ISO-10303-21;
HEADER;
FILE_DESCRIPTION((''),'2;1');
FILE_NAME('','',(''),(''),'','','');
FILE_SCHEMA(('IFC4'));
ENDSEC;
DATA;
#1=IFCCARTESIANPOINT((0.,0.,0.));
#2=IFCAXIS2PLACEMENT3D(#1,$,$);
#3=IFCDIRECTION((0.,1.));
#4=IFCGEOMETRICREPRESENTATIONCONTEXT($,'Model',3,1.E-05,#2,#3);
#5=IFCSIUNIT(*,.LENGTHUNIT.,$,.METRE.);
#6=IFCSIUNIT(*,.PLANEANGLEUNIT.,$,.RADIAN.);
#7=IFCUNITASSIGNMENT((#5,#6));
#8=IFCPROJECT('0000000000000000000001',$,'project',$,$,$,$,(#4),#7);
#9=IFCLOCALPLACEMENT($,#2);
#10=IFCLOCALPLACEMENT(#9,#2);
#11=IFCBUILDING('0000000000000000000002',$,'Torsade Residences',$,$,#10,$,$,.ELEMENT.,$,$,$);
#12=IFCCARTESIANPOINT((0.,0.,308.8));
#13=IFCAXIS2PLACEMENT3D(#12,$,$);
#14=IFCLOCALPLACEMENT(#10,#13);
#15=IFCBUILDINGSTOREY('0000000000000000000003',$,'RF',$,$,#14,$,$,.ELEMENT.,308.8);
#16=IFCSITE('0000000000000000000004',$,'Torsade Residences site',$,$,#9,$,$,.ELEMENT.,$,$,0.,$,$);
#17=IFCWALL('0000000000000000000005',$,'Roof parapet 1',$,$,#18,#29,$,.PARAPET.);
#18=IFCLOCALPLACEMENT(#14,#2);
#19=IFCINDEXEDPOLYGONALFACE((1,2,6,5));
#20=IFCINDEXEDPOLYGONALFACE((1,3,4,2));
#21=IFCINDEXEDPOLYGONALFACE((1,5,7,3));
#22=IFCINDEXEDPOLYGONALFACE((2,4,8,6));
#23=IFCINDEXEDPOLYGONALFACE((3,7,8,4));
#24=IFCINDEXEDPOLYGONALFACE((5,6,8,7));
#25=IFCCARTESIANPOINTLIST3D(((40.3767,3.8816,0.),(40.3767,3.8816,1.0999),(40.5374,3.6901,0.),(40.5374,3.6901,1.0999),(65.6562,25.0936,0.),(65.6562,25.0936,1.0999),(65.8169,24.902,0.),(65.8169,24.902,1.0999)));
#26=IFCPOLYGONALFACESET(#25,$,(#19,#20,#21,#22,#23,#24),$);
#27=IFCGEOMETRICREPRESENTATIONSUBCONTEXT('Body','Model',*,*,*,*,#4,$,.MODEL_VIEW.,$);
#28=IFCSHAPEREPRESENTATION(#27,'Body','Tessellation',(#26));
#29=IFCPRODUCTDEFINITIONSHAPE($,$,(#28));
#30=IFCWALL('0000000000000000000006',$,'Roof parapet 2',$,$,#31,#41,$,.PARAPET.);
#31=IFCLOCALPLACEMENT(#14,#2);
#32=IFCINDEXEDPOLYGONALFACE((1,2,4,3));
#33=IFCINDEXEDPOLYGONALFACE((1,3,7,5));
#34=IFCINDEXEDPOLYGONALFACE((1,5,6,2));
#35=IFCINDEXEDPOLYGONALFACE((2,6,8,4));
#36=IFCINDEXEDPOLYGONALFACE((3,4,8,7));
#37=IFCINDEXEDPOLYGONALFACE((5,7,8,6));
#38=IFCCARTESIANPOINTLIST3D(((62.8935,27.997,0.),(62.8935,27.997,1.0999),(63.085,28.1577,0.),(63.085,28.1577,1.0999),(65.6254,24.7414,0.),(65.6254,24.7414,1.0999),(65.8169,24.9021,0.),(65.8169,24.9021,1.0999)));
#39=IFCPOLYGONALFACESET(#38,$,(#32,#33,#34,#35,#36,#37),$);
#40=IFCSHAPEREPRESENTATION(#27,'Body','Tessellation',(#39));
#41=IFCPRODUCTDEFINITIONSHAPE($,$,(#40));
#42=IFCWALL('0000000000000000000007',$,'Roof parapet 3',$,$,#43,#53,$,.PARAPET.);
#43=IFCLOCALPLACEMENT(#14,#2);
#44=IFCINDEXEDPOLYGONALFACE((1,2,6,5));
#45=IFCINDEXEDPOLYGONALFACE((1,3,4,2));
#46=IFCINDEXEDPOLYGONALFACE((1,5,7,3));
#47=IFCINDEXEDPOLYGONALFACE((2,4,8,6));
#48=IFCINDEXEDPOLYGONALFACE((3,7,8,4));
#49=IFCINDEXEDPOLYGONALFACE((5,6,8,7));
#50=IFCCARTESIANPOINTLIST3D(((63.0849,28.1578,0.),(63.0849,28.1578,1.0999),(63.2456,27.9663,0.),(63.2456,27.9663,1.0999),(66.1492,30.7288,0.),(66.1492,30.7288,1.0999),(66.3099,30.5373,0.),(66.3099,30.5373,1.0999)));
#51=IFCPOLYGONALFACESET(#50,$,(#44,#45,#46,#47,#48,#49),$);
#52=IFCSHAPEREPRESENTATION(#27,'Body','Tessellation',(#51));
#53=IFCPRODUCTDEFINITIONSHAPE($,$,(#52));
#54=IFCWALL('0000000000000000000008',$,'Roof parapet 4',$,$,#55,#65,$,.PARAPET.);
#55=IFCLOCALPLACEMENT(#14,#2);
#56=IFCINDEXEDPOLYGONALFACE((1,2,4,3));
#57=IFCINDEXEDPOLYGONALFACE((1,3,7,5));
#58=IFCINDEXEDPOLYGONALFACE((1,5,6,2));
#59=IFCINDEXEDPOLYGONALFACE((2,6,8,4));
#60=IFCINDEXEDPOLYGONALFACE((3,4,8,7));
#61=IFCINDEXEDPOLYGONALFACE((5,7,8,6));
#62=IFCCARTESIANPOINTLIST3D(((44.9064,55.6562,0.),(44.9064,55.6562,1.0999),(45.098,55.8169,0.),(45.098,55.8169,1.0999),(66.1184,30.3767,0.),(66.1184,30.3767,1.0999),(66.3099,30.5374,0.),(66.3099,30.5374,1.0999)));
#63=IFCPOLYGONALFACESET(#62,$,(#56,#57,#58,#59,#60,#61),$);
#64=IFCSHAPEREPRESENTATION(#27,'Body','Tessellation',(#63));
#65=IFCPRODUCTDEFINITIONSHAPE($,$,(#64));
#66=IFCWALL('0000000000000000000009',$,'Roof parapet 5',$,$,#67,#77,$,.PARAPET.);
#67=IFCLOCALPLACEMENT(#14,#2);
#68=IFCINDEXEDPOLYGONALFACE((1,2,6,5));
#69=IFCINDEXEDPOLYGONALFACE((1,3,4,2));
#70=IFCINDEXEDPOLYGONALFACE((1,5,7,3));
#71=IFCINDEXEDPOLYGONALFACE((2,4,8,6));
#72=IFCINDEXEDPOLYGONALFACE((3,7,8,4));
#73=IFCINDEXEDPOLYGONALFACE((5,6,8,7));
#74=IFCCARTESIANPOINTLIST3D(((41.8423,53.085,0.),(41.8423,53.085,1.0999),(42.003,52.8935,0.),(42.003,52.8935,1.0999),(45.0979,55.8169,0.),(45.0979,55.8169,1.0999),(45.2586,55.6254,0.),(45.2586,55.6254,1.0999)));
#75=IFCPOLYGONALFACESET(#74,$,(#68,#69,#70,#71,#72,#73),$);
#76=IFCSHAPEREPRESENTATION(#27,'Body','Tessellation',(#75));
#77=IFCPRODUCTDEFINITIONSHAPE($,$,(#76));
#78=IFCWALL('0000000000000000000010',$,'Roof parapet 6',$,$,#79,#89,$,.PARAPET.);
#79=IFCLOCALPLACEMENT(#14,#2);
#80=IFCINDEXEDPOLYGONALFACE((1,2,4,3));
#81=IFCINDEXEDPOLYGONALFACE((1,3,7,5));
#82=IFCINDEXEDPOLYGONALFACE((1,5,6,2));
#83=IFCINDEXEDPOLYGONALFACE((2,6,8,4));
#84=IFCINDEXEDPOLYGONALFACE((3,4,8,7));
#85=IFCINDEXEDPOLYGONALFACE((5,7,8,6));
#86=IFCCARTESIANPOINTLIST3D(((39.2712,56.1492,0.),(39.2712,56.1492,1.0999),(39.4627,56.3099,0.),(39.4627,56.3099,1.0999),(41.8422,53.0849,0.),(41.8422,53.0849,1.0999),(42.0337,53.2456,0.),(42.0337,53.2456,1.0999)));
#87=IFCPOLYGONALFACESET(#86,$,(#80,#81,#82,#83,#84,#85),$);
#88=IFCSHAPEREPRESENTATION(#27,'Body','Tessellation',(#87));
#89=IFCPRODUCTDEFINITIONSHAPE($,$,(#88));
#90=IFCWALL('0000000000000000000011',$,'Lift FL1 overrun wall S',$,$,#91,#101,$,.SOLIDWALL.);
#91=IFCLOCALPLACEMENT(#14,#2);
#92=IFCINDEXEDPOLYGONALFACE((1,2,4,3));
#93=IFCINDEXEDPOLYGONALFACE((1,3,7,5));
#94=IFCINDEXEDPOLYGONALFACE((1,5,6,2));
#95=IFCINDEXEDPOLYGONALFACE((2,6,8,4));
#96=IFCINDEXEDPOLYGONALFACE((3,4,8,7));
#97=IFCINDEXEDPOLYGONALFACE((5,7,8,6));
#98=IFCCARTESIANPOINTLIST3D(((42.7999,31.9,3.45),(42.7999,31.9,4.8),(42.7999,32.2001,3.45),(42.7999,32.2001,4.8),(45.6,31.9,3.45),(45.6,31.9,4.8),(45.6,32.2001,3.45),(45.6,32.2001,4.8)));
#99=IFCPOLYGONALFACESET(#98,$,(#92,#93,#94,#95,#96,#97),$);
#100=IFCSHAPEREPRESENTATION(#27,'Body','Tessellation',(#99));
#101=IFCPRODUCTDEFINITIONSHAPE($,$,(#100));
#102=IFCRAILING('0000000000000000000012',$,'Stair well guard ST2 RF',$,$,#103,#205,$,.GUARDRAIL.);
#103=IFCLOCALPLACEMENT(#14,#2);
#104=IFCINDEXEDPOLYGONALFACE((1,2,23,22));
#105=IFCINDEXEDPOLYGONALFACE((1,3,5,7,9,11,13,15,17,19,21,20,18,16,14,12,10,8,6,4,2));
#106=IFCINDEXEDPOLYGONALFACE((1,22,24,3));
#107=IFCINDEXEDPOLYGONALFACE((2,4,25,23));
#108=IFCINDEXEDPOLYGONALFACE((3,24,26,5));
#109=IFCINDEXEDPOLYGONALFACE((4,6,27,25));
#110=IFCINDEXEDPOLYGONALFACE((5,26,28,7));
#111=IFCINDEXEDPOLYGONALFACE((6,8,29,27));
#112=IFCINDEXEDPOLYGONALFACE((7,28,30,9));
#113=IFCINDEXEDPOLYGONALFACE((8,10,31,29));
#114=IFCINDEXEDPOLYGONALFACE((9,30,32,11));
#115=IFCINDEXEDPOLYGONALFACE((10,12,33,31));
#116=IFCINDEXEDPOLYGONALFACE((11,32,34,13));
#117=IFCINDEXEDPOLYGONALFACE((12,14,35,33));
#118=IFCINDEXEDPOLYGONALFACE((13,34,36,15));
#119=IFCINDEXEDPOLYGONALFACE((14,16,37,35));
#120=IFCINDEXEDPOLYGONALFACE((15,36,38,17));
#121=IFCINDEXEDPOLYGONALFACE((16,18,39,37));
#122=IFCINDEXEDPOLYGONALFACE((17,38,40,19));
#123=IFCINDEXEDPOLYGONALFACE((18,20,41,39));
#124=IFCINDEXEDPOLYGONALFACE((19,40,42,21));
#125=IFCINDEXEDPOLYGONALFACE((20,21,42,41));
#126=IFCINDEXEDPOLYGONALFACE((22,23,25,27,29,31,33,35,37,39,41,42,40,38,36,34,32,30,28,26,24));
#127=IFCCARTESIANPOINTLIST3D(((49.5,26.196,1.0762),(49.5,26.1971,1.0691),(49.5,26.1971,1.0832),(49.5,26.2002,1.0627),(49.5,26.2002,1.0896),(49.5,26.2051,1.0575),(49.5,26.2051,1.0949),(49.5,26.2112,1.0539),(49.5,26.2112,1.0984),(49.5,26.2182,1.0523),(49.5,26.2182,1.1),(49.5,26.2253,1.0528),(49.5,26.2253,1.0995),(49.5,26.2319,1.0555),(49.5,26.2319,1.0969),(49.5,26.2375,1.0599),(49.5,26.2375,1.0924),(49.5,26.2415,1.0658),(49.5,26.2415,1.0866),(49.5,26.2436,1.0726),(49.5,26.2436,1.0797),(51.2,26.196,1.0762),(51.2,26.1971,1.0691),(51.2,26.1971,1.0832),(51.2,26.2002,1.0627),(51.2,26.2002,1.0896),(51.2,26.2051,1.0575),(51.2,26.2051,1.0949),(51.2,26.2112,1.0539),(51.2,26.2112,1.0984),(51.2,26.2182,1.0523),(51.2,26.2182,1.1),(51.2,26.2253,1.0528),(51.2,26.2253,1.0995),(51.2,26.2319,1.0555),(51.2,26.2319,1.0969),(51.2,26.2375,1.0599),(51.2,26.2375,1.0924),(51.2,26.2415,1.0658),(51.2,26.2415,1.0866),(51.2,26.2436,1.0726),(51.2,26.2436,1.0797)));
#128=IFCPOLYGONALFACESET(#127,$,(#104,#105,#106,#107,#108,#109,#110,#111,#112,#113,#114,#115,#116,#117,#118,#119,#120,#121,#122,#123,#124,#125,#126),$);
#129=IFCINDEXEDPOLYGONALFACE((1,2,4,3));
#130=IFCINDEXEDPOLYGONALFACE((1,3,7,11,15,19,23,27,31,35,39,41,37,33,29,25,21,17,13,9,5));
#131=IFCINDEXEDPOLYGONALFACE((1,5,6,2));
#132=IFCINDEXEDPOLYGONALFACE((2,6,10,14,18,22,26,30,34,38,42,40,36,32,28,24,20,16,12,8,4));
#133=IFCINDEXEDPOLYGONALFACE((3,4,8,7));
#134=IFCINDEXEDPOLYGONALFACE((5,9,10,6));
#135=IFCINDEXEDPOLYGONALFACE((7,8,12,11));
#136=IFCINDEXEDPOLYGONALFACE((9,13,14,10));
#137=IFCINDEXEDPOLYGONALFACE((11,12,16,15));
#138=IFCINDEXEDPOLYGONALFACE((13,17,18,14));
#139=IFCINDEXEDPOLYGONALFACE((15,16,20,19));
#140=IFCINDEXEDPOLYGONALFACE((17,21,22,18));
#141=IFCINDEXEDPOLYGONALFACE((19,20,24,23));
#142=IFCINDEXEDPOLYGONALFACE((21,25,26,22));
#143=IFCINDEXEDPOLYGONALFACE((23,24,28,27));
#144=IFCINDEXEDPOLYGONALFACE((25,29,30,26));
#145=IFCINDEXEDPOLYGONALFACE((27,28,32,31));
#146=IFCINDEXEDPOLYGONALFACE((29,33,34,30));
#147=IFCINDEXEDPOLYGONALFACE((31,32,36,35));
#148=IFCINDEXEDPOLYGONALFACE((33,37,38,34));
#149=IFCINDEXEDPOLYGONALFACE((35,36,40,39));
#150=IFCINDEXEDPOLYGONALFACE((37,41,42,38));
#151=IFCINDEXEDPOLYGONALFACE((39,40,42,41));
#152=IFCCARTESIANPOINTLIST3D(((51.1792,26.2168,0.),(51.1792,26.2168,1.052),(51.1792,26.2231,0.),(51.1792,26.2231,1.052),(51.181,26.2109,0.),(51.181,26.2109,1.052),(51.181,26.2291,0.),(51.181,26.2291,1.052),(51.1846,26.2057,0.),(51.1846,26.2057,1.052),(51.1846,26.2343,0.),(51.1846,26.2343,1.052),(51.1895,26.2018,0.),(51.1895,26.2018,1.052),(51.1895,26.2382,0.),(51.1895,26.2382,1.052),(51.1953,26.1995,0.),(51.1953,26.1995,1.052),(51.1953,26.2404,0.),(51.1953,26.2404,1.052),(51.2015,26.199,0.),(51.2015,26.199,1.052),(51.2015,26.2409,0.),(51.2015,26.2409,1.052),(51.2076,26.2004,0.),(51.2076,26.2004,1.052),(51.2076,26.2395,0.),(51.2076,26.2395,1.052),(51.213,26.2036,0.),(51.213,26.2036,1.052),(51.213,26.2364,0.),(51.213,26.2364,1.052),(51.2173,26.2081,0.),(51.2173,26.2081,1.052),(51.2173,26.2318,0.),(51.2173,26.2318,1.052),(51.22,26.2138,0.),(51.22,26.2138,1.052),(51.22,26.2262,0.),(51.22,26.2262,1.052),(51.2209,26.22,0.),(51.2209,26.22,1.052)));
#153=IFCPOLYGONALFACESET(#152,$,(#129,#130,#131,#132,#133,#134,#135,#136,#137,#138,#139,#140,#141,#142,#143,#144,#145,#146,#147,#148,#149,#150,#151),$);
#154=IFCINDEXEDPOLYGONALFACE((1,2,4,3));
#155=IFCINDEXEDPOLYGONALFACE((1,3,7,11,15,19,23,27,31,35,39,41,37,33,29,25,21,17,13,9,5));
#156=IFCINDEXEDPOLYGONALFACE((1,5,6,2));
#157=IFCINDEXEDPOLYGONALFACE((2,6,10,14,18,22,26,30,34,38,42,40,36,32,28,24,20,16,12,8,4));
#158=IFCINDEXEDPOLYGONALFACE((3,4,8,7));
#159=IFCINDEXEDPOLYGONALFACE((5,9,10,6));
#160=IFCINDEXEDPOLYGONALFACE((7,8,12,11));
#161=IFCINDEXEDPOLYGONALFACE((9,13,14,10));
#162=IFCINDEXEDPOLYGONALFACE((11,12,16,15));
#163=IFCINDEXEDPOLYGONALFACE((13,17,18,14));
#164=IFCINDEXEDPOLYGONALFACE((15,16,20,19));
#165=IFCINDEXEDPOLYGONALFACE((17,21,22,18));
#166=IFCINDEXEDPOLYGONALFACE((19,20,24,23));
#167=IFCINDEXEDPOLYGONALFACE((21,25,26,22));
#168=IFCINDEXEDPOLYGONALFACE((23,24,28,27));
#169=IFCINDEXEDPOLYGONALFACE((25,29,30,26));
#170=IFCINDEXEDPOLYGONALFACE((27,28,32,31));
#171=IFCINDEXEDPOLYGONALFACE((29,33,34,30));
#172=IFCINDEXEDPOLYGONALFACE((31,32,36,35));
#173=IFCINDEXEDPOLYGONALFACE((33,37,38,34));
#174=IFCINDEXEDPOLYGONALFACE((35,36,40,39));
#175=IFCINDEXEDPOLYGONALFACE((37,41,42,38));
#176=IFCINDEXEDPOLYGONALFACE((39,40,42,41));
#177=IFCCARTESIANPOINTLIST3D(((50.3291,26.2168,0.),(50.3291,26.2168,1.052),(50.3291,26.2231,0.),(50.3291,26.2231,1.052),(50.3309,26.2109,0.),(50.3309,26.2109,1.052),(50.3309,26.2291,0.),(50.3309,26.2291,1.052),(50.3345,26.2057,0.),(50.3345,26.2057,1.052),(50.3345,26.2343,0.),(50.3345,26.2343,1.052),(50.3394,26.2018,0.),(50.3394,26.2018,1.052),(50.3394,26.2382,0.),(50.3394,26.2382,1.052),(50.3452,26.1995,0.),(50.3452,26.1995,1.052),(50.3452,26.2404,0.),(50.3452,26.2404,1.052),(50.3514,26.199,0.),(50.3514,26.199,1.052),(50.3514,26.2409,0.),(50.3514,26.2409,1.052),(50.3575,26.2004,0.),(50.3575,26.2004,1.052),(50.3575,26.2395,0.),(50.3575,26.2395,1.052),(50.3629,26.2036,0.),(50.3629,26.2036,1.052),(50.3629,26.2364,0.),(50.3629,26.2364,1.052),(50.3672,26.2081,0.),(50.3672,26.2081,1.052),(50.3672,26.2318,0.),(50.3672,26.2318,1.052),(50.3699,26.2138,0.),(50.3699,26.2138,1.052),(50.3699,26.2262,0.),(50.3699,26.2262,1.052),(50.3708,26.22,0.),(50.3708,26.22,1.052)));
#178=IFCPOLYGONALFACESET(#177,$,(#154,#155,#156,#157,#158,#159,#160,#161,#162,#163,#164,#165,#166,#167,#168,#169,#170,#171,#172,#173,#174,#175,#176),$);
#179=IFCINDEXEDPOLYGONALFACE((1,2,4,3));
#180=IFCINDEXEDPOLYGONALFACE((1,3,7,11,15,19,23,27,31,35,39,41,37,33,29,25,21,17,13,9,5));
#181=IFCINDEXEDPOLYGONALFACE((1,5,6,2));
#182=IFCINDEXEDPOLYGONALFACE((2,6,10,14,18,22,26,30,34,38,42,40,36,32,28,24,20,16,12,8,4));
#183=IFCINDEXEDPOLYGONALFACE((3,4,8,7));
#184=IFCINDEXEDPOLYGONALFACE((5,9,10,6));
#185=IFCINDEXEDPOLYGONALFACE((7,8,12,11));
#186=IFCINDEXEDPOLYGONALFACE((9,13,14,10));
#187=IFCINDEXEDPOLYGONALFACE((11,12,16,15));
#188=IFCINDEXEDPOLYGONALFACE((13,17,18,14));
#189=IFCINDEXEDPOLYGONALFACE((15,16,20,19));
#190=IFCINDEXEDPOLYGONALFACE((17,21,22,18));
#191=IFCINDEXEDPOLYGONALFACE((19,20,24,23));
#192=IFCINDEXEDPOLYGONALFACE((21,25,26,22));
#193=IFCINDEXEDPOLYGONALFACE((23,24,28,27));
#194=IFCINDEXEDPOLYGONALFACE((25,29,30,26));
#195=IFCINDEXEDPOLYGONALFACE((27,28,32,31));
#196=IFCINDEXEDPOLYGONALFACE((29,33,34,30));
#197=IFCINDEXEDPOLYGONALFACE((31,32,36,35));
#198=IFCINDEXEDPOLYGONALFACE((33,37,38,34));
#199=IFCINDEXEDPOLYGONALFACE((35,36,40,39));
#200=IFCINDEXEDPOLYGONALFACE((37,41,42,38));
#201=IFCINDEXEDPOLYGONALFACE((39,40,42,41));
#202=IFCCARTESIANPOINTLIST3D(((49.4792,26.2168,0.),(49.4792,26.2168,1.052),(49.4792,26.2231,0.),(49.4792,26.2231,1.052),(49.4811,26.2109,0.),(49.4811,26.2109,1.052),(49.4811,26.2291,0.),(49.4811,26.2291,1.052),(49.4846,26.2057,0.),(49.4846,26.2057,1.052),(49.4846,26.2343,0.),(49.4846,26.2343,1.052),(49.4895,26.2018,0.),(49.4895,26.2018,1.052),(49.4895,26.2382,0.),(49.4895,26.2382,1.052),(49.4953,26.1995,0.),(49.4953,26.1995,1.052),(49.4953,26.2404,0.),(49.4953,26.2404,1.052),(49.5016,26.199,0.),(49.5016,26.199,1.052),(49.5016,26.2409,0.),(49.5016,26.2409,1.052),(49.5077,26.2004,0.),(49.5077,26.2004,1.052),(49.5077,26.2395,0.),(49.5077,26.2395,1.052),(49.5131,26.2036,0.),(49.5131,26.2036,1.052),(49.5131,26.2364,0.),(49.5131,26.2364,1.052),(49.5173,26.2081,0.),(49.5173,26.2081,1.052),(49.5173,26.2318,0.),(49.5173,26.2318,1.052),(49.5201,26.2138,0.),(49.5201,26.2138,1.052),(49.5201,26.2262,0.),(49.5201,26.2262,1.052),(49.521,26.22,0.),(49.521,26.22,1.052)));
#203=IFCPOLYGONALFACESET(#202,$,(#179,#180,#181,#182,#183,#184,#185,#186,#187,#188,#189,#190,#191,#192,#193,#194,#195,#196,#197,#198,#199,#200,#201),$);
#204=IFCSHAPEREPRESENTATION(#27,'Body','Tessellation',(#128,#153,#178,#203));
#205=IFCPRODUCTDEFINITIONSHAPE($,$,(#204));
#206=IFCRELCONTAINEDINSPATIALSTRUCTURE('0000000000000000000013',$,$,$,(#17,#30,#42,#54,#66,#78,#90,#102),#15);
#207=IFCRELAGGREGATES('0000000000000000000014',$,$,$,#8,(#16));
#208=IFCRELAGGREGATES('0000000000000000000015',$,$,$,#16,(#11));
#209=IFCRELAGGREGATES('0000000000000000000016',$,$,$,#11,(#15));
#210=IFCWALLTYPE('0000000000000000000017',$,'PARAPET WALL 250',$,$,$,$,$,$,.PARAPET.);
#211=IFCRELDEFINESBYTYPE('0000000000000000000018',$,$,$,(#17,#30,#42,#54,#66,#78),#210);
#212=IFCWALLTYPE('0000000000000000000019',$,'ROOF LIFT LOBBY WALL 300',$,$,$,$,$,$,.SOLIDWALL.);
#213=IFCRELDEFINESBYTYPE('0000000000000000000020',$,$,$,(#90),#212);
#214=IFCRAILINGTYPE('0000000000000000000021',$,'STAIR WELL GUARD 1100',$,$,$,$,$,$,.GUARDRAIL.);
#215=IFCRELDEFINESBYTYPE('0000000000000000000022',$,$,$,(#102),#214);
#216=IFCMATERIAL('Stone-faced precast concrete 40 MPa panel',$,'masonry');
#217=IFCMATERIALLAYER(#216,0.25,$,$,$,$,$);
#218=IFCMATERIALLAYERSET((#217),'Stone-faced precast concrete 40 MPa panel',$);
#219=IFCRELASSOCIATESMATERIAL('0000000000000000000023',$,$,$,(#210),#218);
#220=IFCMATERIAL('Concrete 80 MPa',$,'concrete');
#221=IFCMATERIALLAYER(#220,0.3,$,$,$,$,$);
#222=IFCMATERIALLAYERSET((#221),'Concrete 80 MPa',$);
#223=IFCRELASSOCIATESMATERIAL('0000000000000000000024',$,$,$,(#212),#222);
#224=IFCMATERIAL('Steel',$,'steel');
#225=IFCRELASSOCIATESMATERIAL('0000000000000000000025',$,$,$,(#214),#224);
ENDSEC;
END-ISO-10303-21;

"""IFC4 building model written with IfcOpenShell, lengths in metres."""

from ifc_helpers import new_model, si_unit, direction, frame, frame_2d, origin, origin_2d, place, context, subcontext, project, spatial, rectangle, circle, extrude, material, layer, layer_set, type_object, element, save


model = new_model("IFC4")

# Units and contexts
model_context = context("Model", 3, precision=1e-05, world=origin(), true_north=direction((0.0, 1.0)))
body_context = subcontext(model_context, "Body", "Model", "MODEL_VIEW")
ifc_project = project(units=[si_unit("LENGTHUNIT", "METRE"), si_unit("PLANEANGLEUNIT", "RADIAN")], contexts=[model_context])

# Site, building, storey
site_placement = place(None, origin())
site = spatial("IfcSite", under=ifc_project, at=site_placement, Name="Torsade Residences site", CompositionType="ELEMENT", RefElevation=0.0)
building_placement = place(site_placement, origin())
building = spatial("IfcBuilding", under=site, at=building_placement, Name="Torsade Residences", CompositionType="ELEMENT")
storey_placement = place(building_placement, frame((0.0, 0.0, 308.8)))
storey = spatial("IfcBuildingStorey", under=building, at=storey_placement, Name="RF", CompositionType="ELEMENT", Elevation=308.8)

# Walls
ifc_material_1 = material(Name="Stone-faced precast concrete 40 MPa panel", Category="masonry")
ifc_layer_1 = layer(ifc_material_1, 0.25)
ifc_layer_set_1 = layer_set([ifc_layer_1], Name="Stone-faced precast concrete 40 MPa panel")
wall_type_1 = type_object("IfcWallType", Name="PARAPET WALL 250", PredefinedType="PARAPET", material=ifc_layer_set_1)
wall_1_placement = place(storey_placement, frame((40.457, 3.7859, 0.0), z_axis=(0.0, 0.0, 1.0), x_axis=(0.766047, 0.642785, 0.0)))
element("IfcWall", 1, at=wall_1_placement, inside=storey, type_object=wall_type_1, Name="Roof parapet 1", PredefinedType="PARAPET", context=body_context, shape_type="SweptSolid", body=[
    extrude(rectangle(XDim=33.0, YDim=0.25, at=frame_2d((16.5, 0.0))), origin(), (0.0, 0.0, 1.0), 1.0999),
])
wall_2_placement = place(storey_placement, frame((65.7212, 24.8218, 0.0), z_axis=(0.0, 0.0, 1.0), x_axis=(-0.642808, 0.766027, 0.0)))
element("IfcWall", 2, at=wall_2_placement, inside=storey, type_object=wall_type_1, Name="Roof parapet 2", PredefinedType="PARAPET", context=body_context, shape_type="SweptSolid", body=[
    extrude(rectangle(XDim=4.25, YDim=0.25, at=frame_2d((2.125, 0.0))), origin(), (0.0, 0.0, 1.0), 1.0999),
])
wall_3_placement = place(storey_placement, frame((63.1653, 28.062, 0.0), z_axis=(0.0, 0.0, 1.0), x_axis=(0.766061, 0.642768, 0.0)))
element("IfcWall", 3, at=wall_3_placement, inside=storey, type_object=wall_type_1, Name="Roof parapet 3", PredefinedType="PARAPET", context=body_context, shape_type="SweptSolid", body=[
    extrude(rectangle(XDim=4.0, YDim=0.25, at=frame_2d((2.0, 0.0))), origin(), (0.0, 0.0, 1.0), 1.0999),
])
wall_4_placement = place(storey_placement, frame((66.2141, 30.457, 0.0), z_axis=(0.0, 0.0, 1.0), x_axis=(-0.642785, 0.766047, 0.0)))
element("IfcWall", 4, at=wall_4_placement, inside=storey, type_object=wall_type_1, Name="Roof parapet 4", PredefinedType="PARAPET", context=body_context, shape_type="SweptSolid", body=[
    extrude(rectangle(XDim=33.0, YDim=0.25, at=frame_2d((16.5, 0.0))), origin(), (0.0, 0.0, 1.0), 1.0999),
])
wall_5_placement = place(storey_placement, frame((45.1782, 55.7212, 0.0), z_axis=(0.0, 0.0, 1.0), x_axis=(-0.766027, -0.642808, 0.0)))
element("IfcWall", 5, at=wall_5_placement, inside=storey, type_object=wall_type_1, Name="Roof parapet 5", PredefinedType="PARAPET", context=body_context, shape_type="SweptSolid", body=[
    extrude(rectangle(XDim=4.25, YDim=0.25, at=frame_2d((2.125, 0.0))), origin(), (0.0, 0.0, 1.0), 1.0999),
])
wall_6_placement = place(storey_placement, frame((41.938, 53.1653, 0.0), z_axis=(0.0, 0.0, 1.0), x_axis=(-0.642768, 0.766061, 0.0)))
element("IfcWall", 6, at=wall_6_placement, inside=storey, type_object=wall_type_1, Name="Roof parapet 6", PredefinedType="PARAPET", context=body_context, shape_type="SweptSolid", body=[
    extrude(rectangle(XDim=4.0, YDim=0.25, at=frame_2d((2.0, 0.0))), origin(), (0.0, 0.0, 1.0), 1.0999),
])
ifc_material_2 = material(Name="Concrete 80 MPa", Category="concrete")
ifc_layer_2 = layer(ifc_material_2, 0.3)
ifc_layer_set_2 = layer_set([ifc_layer_2], Name="Concrete 80 MPa")
wall_type_2 = type_object("IfcWallType", Name="ROOF LIFT LOBBY WALL 300", PredefinedType="SOLIDWALL", material=ifc_layer_set_2)
wall_7_placement = place(storey_placement, frame((42.8, 32.05, 3.45), z_axis=(0.0, 0.0, 1.0), x_axis=(1.0, 0.0, 0.0)))
element("IfcWall", 7, at=wall_7_placement, inside=storey, type_object=wall_type_2, Name="Lift FL1 overrun wall S", PredefinedType="SOLIDWALL", context=body_context, shape_type="SweptSolid", body=[
    extrude(rectangle(XDim=2.8, YDim=0.3, at=frame_2d((1.3999, 0.0))), origin(), (0.0, 0.0, 1.0), 1.3501),
])

# Railing
ifc_material_3 = material(Name="Steel", Category="steel")
railing_type = type_object("IfcRailingType", Name="STAIR WELL GUARD 1100", PredefinedType="GUARDRAIL", material=ifc_material_3)
railing_placement = place(storey_placement, frame((51.2, 26.22, 0.0)))
element("IfcRailing", 8, at=railing_placement, inside=storey, type_object=railing_type, Name="Stair well guard ST2 RF", PredefinedType="GUARDRAIL", context=body_context, shape_type="SweptSolid", body=[
    extrude(circle(Radius=0.0239, at=origin_2d()), frame((0.0, 0.0, 1.0762), z_axis=(-1.0, 0.0, 0.0), x_axis=(0.0, -1.0, 0.0)), (0.0, 0.0, 1.0), 1.7),
    extrude(circle(Radius=0.021, at=origin_2d()), origin(), (0.0, 0.0, 1.0), 1.052),
    extrude(circle(Radius=0.021, at=origin_2d()), frame((-0.8501, 0.0, 0.0)), (0.0, 0.0, 1.0), 1.052),
    extrude(circle(Radius=0.021, at=origin_2d()), frame((-1.7, 0.0, 0.0)), (0.0, 0.0, 1.0), 1.052),
])

save(model, "model.ifc")
